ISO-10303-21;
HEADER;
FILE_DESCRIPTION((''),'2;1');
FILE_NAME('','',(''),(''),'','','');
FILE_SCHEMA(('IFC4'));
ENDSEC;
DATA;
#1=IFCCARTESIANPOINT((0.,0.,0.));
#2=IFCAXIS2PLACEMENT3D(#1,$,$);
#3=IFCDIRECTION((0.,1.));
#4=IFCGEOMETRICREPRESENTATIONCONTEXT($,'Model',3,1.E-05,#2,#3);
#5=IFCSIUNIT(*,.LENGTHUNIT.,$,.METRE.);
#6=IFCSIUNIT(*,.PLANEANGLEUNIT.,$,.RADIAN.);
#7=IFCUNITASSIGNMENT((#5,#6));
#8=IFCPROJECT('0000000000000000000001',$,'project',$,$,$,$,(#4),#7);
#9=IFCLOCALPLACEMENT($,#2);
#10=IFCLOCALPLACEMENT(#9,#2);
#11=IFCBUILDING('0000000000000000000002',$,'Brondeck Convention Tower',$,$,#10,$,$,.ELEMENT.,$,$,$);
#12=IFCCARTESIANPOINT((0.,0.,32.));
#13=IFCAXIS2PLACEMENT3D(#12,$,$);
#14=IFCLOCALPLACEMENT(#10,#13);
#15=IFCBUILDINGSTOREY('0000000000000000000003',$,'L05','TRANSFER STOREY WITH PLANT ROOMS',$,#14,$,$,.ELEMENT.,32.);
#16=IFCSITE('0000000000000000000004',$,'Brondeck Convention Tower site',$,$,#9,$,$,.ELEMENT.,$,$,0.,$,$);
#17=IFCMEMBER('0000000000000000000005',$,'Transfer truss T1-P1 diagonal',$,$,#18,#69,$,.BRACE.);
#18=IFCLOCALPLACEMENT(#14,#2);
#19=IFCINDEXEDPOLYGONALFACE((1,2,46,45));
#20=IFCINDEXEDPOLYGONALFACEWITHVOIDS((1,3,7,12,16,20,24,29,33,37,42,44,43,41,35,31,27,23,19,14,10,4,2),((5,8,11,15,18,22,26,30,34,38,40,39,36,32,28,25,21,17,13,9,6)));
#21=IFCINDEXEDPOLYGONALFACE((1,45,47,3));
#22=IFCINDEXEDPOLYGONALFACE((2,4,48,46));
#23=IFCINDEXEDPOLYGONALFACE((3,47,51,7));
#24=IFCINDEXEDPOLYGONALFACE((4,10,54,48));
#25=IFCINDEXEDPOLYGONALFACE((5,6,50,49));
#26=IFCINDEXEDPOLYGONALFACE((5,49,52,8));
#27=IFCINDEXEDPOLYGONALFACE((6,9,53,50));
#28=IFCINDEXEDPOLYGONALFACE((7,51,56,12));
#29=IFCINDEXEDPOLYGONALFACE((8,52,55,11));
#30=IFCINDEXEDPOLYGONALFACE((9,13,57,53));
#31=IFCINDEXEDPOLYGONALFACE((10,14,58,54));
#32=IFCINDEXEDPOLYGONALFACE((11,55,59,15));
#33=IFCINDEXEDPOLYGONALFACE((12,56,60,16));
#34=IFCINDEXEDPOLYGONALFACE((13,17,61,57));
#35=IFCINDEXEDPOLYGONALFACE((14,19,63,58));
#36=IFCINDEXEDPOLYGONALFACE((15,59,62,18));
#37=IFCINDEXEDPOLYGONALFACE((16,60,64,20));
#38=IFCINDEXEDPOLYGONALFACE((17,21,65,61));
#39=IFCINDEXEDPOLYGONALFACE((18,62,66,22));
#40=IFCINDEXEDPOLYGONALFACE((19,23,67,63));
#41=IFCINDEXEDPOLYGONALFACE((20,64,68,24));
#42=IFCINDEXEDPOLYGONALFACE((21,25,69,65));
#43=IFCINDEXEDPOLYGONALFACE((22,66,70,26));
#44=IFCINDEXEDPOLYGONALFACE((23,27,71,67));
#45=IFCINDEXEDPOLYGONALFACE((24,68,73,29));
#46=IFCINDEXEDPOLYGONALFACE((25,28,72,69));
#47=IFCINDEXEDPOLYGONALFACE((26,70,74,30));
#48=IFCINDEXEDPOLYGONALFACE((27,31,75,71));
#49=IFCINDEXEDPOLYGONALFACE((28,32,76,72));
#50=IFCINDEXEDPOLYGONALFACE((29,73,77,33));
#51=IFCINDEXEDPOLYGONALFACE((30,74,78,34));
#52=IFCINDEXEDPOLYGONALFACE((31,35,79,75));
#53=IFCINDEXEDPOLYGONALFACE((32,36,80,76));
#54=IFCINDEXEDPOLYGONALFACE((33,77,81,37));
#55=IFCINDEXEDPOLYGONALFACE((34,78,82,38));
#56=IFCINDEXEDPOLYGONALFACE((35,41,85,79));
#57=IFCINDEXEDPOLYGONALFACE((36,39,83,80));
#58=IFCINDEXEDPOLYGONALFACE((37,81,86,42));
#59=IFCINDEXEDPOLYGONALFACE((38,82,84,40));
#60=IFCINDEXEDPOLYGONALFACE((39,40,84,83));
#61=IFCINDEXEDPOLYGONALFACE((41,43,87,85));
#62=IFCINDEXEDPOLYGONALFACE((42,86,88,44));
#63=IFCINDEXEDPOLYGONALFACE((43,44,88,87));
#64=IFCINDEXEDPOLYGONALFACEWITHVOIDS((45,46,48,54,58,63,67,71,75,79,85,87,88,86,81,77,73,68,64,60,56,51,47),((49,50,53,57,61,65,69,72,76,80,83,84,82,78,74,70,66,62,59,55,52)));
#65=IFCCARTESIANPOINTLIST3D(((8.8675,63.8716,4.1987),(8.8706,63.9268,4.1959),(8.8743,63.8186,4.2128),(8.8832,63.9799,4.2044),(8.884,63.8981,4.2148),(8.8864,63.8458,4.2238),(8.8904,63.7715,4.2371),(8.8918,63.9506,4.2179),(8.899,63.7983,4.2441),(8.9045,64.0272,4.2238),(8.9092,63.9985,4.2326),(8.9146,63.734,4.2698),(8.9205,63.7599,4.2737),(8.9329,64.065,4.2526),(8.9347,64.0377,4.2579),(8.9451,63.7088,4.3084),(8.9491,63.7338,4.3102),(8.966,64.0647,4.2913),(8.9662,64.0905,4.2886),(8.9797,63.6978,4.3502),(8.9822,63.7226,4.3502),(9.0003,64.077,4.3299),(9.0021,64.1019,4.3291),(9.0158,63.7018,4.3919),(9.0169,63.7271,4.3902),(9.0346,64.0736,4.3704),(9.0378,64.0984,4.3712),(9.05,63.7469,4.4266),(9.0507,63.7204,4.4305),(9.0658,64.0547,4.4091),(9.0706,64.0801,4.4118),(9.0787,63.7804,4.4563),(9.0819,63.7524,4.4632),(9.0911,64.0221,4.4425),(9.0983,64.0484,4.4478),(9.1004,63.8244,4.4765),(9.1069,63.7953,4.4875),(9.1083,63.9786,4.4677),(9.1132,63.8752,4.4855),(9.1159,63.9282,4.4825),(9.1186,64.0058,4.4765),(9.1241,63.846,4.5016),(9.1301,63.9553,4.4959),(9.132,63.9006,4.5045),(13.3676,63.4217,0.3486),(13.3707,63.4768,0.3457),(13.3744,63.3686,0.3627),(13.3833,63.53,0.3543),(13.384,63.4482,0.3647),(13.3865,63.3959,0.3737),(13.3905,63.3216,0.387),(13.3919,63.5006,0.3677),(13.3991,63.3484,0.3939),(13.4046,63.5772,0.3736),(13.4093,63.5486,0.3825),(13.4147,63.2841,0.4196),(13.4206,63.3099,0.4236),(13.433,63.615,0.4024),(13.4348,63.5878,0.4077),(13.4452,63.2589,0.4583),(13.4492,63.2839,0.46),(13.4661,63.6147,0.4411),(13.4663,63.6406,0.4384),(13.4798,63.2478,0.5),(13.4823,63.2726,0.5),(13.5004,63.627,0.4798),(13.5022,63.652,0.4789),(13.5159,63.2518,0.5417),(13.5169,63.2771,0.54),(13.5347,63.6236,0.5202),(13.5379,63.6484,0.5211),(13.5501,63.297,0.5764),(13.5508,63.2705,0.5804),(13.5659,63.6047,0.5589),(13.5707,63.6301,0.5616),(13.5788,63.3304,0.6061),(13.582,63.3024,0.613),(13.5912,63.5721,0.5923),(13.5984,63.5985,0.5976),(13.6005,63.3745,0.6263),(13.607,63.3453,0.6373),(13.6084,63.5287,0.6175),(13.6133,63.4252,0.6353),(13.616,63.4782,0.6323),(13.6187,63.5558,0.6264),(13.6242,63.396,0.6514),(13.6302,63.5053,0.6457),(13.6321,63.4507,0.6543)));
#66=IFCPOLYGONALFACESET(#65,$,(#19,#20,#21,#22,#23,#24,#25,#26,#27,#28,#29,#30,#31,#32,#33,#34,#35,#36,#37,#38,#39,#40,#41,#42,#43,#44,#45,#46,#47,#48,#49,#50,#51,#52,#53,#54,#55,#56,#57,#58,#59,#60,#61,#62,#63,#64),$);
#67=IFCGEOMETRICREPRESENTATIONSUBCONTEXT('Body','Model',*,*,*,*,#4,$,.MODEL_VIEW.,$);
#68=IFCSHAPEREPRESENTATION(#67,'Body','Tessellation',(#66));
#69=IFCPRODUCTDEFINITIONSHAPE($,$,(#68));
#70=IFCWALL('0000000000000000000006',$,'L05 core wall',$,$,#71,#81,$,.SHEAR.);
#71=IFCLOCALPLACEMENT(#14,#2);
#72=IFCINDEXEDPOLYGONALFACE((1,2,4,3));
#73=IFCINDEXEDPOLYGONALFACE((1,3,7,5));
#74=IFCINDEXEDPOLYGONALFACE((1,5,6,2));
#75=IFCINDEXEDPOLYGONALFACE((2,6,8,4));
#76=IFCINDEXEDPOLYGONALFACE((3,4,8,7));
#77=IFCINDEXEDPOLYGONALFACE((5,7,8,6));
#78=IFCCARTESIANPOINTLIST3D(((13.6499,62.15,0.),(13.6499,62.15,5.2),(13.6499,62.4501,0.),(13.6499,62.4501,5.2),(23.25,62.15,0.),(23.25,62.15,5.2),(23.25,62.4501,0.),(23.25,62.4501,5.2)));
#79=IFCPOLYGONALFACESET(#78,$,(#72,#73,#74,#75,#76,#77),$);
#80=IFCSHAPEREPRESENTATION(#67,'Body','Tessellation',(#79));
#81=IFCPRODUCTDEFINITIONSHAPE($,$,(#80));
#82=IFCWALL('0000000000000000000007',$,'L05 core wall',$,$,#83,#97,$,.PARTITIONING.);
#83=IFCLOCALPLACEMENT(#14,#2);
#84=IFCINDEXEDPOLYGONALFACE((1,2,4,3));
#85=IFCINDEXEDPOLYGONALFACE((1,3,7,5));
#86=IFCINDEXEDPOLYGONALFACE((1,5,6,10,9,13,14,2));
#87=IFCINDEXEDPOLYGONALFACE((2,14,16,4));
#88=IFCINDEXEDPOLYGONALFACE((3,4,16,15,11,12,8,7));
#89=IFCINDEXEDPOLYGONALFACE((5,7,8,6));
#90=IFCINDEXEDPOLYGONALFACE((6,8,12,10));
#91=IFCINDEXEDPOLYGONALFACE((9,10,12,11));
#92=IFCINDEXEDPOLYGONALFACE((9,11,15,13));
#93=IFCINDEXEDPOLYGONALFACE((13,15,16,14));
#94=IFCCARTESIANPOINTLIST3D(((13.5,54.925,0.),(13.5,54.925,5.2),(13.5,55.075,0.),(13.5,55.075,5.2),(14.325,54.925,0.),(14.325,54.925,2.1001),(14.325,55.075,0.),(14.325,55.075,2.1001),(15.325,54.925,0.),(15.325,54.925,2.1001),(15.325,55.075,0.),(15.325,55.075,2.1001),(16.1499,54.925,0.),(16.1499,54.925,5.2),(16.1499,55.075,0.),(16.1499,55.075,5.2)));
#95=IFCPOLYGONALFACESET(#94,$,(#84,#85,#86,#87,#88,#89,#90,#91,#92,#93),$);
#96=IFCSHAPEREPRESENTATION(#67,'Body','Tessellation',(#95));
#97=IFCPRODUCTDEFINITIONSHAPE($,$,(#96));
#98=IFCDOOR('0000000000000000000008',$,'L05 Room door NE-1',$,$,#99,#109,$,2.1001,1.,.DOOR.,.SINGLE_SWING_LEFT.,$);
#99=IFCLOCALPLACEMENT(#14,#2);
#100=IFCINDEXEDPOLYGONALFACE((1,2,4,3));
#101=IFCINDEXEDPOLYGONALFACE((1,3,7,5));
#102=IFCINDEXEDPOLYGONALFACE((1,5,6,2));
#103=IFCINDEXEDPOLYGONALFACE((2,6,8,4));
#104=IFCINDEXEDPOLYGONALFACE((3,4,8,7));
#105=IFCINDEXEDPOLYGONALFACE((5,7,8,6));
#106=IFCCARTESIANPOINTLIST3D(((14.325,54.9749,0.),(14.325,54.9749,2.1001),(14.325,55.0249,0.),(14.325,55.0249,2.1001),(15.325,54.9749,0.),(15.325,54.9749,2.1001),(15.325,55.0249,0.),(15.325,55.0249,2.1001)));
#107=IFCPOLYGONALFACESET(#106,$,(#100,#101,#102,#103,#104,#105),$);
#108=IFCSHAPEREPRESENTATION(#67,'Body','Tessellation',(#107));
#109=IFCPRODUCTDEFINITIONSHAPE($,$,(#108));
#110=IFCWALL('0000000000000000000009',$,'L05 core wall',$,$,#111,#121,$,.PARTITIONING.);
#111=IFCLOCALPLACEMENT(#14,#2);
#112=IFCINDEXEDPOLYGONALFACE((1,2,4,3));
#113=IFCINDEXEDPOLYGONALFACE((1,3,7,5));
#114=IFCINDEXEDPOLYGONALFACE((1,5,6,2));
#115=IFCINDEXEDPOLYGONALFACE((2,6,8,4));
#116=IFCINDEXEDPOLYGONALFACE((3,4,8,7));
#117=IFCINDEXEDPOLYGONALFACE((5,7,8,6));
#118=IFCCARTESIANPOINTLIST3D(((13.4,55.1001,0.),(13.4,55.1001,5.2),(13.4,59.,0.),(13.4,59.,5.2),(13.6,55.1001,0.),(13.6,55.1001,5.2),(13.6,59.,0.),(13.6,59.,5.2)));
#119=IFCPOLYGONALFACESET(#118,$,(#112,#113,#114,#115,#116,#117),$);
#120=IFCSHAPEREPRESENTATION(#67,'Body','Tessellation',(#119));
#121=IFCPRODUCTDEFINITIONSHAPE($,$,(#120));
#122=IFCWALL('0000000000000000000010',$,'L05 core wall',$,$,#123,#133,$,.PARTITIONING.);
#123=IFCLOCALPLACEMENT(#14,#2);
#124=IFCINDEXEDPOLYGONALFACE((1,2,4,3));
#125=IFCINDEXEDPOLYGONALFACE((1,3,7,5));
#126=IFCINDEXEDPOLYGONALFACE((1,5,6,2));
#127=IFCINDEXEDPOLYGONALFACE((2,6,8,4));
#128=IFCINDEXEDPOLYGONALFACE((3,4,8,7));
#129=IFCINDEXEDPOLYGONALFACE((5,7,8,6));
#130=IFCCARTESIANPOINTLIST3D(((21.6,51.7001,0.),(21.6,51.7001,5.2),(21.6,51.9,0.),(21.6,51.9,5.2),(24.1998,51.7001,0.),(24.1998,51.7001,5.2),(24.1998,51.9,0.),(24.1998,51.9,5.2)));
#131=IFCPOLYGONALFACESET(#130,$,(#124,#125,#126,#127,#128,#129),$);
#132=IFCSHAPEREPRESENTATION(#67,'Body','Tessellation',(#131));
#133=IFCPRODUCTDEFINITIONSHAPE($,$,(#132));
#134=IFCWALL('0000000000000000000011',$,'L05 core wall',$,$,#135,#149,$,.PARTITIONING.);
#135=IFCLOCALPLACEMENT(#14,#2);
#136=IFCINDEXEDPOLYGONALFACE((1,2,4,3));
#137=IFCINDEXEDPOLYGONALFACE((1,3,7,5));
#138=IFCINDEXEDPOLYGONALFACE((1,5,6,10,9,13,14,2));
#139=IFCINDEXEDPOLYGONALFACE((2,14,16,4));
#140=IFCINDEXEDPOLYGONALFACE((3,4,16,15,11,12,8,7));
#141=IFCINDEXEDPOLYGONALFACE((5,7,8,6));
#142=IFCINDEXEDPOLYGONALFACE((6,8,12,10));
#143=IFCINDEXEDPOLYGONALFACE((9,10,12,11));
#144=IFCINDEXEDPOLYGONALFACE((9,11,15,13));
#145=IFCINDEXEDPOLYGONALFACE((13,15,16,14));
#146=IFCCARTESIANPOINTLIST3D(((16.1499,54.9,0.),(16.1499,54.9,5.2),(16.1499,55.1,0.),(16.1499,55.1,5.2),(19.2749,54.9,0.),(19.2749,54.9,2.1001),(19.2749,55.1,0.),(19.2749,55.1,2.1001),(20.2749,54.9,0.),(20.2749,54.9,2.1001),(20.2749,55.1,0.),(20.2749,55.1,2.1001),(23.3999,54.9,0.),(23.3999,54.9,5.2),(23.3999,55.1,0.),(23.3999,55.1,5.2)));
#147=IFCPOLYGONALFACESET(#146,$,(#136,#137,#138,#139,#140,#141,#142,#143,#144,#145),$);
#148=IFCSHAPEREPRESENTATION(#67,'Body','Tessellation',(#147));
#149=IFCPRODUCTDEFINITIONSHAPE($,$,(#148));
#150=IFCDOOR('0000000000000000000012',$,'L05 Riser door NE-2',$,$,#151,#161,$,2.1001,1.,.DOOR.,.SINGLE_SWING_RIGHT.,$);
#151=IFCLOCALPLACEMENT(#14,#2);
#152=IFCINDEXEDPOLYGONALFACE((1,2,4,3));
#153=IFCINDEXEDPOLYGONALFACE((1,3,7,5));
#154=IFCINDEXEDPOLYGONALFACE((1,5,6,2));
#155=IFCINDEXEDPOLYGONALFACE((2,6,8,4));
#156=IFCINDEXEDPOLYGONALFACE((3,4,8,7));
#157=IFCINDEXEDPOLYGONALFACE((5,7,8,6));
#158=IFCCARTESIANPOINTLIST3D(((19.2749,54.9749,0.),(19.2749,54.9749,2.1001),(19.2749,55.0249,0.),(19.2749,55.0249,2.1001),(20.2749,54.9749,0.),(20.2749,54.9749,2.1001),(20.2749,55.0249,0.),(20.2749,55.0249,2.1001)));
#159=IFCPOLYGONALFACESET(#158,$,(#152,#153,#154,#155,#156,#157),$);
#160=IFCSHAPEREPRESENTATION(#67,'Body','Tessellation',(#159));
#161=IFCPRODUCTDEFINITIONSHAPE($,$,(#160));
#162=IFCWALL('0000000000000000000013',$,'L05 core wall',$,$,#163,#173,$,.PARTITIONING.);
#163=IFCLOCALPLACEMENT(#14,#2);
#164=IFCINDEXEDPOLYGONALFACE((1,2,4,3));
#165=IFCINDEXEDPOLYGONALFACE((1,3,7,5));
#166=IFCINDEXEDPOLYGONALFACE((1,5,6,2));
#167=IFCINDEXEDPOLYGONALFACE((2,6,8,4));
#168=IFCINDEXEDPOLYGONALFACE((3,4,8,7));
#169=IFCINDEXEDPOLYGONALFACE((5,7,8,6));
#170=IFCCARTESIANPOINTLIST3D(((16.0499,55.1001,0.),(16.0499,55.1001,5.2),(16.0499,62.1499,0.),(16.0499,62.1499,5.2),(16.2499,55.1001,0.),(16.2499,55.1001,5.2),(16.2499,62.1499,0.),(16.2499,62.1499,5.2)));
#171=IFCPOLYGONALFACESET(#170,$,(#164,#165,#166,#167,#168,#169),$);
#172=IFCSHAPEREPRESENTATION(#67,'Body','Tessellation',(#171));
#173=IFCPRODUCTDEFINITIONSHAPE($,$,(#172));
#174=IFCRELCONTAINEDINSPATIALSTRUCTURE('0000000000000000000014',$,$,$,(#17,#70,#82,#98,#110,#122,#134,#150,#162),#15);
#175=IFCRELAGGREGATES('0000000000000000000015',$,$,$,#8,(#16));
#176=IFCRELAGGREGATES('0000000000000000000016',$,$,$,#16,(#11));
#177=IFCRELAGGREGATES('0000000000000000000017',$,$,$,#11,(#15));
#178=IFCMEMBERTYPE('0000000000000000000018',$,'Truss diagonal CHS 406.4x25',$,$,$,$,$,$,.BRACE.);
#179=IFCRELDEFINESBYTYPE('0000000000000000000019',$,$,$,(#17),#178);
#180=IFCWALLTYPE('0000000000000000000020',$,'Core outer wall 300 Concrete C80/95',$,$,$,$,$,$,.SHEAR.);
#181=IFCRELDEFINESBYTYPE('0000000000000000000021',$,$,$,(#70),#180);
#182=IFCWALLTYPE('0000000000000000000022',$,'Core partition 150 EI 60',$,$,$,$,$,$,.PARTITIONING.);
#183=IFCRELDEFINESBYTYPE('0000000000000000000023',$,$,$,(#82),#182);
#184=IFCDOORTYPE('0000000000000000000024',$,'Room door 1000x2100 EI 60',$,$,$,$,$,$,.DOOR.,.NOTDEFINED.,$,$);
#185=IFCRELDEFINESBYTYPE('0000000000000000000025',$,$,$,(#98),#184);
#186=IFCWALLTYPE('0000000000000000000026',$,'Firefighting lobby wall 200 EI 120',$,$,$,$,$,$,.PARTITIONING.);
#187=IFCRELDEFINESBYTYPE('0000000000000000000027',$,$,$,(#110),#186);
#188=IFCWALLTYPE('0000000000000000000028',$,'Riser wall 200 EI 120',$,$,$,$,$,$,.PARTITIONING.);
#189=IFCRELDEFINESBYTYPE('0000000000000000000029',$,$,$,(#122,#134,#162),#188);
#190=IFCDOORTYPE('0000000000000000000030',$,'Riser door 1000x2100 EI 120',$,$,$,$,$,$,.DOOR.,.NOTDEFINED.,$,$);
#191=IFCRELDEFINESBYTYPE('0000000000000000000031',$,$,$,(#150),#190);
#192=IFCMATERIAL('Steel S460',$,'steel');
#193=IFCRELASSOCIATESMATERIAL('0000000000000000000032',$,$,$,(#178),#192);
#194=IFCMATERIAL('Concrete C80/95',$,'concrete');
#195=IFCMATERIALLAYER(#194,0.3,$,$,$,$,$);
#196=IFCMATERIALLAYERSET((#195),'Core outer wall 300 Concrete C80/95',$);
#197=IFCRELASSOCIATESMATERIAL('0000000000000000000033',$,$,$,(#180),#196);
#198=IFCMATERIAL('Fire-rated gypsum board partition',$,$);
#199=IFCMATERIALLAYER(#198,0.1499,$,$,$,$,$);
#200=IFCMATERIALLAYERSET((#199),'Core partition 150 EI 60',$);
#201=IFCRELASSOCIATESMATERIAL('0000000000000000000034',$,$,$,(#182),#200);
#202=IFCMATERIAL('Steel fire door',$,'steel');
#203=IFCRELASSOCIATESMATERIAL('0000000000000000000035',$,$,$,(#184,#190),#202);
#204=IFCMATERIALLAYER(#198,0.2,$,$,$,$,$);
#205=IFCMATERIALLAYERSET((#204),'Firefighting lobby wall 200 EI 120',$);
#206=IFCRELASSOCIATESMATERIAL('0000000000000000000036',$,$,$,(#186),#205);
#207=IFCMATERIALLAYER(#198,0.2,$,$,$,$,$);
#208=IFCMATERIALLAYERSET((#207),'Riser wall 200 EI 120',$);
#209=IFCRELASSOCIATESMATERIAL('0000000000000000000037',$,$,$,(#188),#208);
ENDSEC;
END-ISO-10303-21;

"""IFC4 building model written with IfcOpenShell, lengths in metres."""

from ifc_helpers import new_model, si_unit, direction, frame, frame_2d, origin, origin_2d, place, context, subcontext, project, spatial, rectangle, hollow_circle, extrude, material, layer, layer_set, material_profile, profile_set, type_object, element, fill, save


model = new_model("IFC4")

# Units and contexts
model_context = context("Model", 3, precision=1e-05, world=origin(), true_north=direction((0.0, 1.0)))
body_context = subcontext(model_context, "Body", "Model", "MODEL_VIEW")
ifc_project = project(units=[si_unit("LENGTHUNIT", "METRE"), si_unit("PLANEANGLEUNIT", "RADIAN")], contexts=[model_context])

# Site, building, storey
site_placement = place(None, origin())
site = spatial("IfcSite", under=ifc_project, at=site_placement, Name="Brondeck Convention Tower site", CompositionType="ELEMENT", RefElevation=0.0)
building_placement = place(site_placement, origin())
building = spatial("IfcBuilding", under=site, at=building_placement, Name="Brondeck Convention Tower", CompositionType="ELEMENT")
storey_placement = place(building_placement, frame((0.0, 0.0, 32.0)))
storey = spatial("IfcBuildingStorey", under=building, at=storey_placement, Name="L05", Description="TRANSFER STOREY WITH PLANT ROOMS", CompositionType="ELEMENT", Elevation=32.0)

# Shared definitions
ifc_material_1 = material(Name="Steel S460", Category="steel")

# Shared definitions
ifc_material_2 = material(Name="Concrete C80/95", Category="concrete")

# Member
ifc_material_profile_1 = material_profile(ifc_material_1, hollow_circle(Radius=0.2031, WallThickness=0.0249, at=origin_2d()), Name="CHS 406.4x25")
ifc_profile_set_1 = profile_set([ifc_material_profile_1], Name="Steel S460")
member_type_1 = type_object("IfcMemberType", Name="Truss diagonal CHS 406.4x25", PredefinedType="BRACE", material=ifc_profile_set_1)
for number, where, z_axis, x_axis, name in (
    (1, (13.5, 63.45, 0.5), (-0.75766, 0.075758, 0.648237), (-0.099493, -0.995038, 0.0), "Transfer truss T1-P1 diagonal"),
):
    element("IfcMember", number, at=place(storey_placement, frame(where, z_axis=z_axis, x_axis=x_axis)), inside=storey, type_object=member_type_1, Name=name, PredefinedType="BRACE", context=body_context, shape_type="SweptSolid", body=[
        extrude(hollow_circle(Radius=0.2031, WallThickness=0.0249, at=origin_2d()), origin(), (0.0, 0.0, 1.0), 5.9395),
    ])

# Wall
ifc_layer_1 = layer(ifc_material_2, 0.3)
ifc_layer_set_1 = layer_set([ifc_layer_1], Name="Core outer wall 300 Concrete C80/95")
wall_type_1 = type_object("IfcWallType", Name="Core outer wall 300 Concrete C80/95", PredefinedType="SHEAR", material=ifc_layer_set_1)
wall_1_placement = place(storey_placement, frame((13.6499, 62.3, 0.0), z_axis=(0.0, 0.0, 1.0), x_axis=(1.0, 0.0, 0.0)))
element("IfcWall", 2, at=wall_1_placement, inside=storey, type_object=wall_type_1, Name="L05 core wall", PredefinedType="SHEAR", context=body_context, shape_type="SweptSolid", body=[
    extrude(rectangle(XDim=9.6001, YDim=0.3, at=frame_2d((4.8, 0.0))), origin(), (0.0, 0.0, 1.0), 5.2),
])

# Wall, opening, door
ifc_material_3 = material(Name="Fire-rated gypsum board partition")
ifc_layer_2 = layer(ifc_material_3, 0.1499)
ifc_layer_set_2 = layer_set([ifc_layer_2], Name="Core partition 150 EI 60")
wall_type_2 = type_object("IfcWallType", Name="Core partition 150 EI 60", PredefinedType="PARTITIONING", material=ifc_layer_set_2)
wall_2_placement = place(storey_placement, frame((13.5, 55.0, 0.0), z_axis=(0.0, 0.0, 1.0), x_axis=(1.0, 0.0, 0.0)))
wall_2 = element("IfcWall", 3, at=wall_2_placement, inside=storey, type_object=wall_type_2, Name="L05 core wall", PredefinedType="PARTITIONING", context=body_context, shape_type="SweptSolid", body=[
    extrude(rectangle(XDim=2.6499, YDim=0.1499, at=frame_2d((1.325, 0.0))), origin(), (0.0, 0.0, 1.0), 5.2),
])
opening_1_placement = place(wall_2_placement, frame((0.825, 0.0, 0.0)))
opening_1 = element("IfcOpeningElement", 4, at=opening_1_placement, cuts=wall_2, PredefinedType="OPENING", context=body_context, shape_type="SweptSolid", body=[
    extrude(rectangle(XDim=1.0, YDim=2.1001, at=frame_2d((0.5, 1.05))), frame((0.0, 0.085, 0.0), z_axis=(0.0, -1.0, 0.0), x_axis=(1.0, 0.0, 0.0)), (0.0, 0.0, 1.0), 0.1699),
])
ifc_material_4 = material(Name="Steel fire door", Category="steel")
door_type_1 = type_object("IfcDoorType", Name="Room door 1000x2100 EI 60", OperationType="NOTDEFINED", PredefinedType="DOOR", material=ifc_material_4)
door_1_placement = place(opening_1_placement, origin())
door_1 = element("IfcDoor", 5, at=door_1_placement, inside=storey, type_object=door_type_1, Name="L05 Room door NE-1", OperationType="SINGLE_SWING_LEFT", OverallHeight=2.1001, OverallWidth=1.0, PredefinedType="DOOR", context=body_context, shape_type="SweptSolid", body=[
    extrude(rectangle(XDim=1.0, YDim=2.1001, at=frame_2d((0.5, 1.05))), frame((0.0, 0.0249, 0.0), z_axis=(0.0, -1.0, 0.0), x_axis=(1.0, 0.0, 0.0)), (0.0, 0.0, 1.0), 0.05),
])
fill(opening_1, door_1)

# Walls
ifc_layer_3 = layer(ifc_material_3, 0.2)
ifc_layer_set_3 = layer_set([ifc_layer_3], Name="Firefighting lobby wall 200 EI 120")
wall_type_3 = type_object("IfcWallType", Name="Firefighting lobby wall 200 EI 120", PredefinedType="PARTITIONING", material=ifc_layer_set_3)
wall_3_placement = place(storey_placement, frame((13.5, 55.1001, 0.0), z_axis=(0.0, 0.0, 1.0), x_axis=(0.0, 1.0, 0.0)))
element("IfcWall", 6, at=wall_3_placement, inside=storey, type_object=wall_type_3, Name="L05 core wall", PredefinedType="PARTITIONING", context=body_context, shape_type="SweptSolid", body=[
    extrude(rectangle(XDim=3.8999, YDim=0.2, at=frame_2d((1.95, 0.0))), origin(), (0.0, 0.0, 1.0), 5.2),
])
ifc_layer_4 = layer(ifc_material_3, 0.2)
ifc_layer_set_4 = layer_set([ifc_layer_4], Name="Riser wall 200 EI 120")
wall_type_4 = type_object("IfcWallType", Name="Riser wall 200 EI 120", PredefinedType="PARTITIONING", material=ifc_layer_set_4)
wall_4_placement = place(storey_placement, frame((21.6001, 51.8, 0.0), z_axis=(0.0, 0.0, 1.0), x_axis=(1.0, 0.0, 0.0)))
element("IfcWall", 7, at=wall_4_placement, inside=storey, type_object=wall_type_4, Name="L05 core wall", PredefinedType="PARTITIONING", context=body_context, shape_type="SweptSolid", body=[
    extrude(rectangle(XDim=2.5999, YDim=0.2, at=frame_2d((1.2998, 0.0))), origin(), (0.0, 0.0, 1.0), 5.2),
])

# Wall, opening, door
wall_5_placement = place(storey_placement, frame((16.1499, 55.0, 0.0), z_axis=(0.0, 0.0, 1.0), x_axis=(1.0, 0.0, 0.0)))
wall_5 = element("IfcWall", 8, at=wall_5_placement, inside=storey, type_object=wall_type_4, Name="L05 core wall", PredefinedType="PARTITIONING", context=body_context, shape_type="SweptSolid", body=[
    extrude(rectangle(XDim=7.25, YDim=0.2, at=frame_2d((3.625, 0.0))), origin(), (0.0, 0.0, 1.0), 5.2),
])
opening_2_placement = place(wall_5_placement, frame((3.125, 0.0, 0.0)))
opening_2 = element("IfcOpeningElement", 9, at=opening_2_placement, cuts=wall_5, PredefinedType="OPENING", context=body_context, shape_type="SweptSolid", body=[
    extrude(rectangle(XDim=1.0, YDim=2.1001, at=frame_2d((0.5, 1.05))), frame((0.0, 0.1099, 0.0), z_axis=(0.0, -1.0, 0.0), x_axis=(1.0, 0.0, 0.0)), (0.0, 0.0, 1.0), 0.22),
])
door_type_2 = type_object("IfcDoorType", Name="Riser door 1000x2100 EI 120", OperationType="NOTDEFINED", PredefinedType="DOOR", material=ifc_material_4)
door_2_placement = place(opening_2_placement, origin())
door_2 = element("IfcDoor", 10, at=door_2_placement, inside=storey, type_object=door_type_2, Name="L05 Riser door NE-2", OperationType="SINGLE_SWING_RIGHT", OverallHeight=2.1001, OverallWidth=1.0, PredefinedType="DOOR", context=body_context, shape_type="SweptSolid", body=[
    extrude(rectangle(XDim=1.0, YDim=2.1001, at=frame_2d((0.5, 1.05))), frame((0.0, 0.0249, 0.0), z_axis=(0.0, -1.0, 0.0), x_axis=(1.0, 0.0, 0.0)), (0.0, 0.0, 1.0), 0.05),
])
fill(opening_2, door_2)

# Wall
wall_6_placement = place(storey_placement, frame((16.1499, 55.1001, 0.0), z_axis=(0.0, 0.0, 1.0), x_axis=(0.0, 1.0, 0.0)))
element("IfcWall", 11, at=wall_6_placement, inside=storey, type_object=wall_type_4, Name="L05 core wall", PredefinedType="PARTITIONING", context=body_context, shape_type="SweptSolid", body=[
    extrude(rectangle(XDim=7.0498, YDim=0.2, at=frame_2d((3.5249, 0.0))), origin(), (0.0, 0.0, 1.0), 5.2),
])

save(model, "model.ifc")
